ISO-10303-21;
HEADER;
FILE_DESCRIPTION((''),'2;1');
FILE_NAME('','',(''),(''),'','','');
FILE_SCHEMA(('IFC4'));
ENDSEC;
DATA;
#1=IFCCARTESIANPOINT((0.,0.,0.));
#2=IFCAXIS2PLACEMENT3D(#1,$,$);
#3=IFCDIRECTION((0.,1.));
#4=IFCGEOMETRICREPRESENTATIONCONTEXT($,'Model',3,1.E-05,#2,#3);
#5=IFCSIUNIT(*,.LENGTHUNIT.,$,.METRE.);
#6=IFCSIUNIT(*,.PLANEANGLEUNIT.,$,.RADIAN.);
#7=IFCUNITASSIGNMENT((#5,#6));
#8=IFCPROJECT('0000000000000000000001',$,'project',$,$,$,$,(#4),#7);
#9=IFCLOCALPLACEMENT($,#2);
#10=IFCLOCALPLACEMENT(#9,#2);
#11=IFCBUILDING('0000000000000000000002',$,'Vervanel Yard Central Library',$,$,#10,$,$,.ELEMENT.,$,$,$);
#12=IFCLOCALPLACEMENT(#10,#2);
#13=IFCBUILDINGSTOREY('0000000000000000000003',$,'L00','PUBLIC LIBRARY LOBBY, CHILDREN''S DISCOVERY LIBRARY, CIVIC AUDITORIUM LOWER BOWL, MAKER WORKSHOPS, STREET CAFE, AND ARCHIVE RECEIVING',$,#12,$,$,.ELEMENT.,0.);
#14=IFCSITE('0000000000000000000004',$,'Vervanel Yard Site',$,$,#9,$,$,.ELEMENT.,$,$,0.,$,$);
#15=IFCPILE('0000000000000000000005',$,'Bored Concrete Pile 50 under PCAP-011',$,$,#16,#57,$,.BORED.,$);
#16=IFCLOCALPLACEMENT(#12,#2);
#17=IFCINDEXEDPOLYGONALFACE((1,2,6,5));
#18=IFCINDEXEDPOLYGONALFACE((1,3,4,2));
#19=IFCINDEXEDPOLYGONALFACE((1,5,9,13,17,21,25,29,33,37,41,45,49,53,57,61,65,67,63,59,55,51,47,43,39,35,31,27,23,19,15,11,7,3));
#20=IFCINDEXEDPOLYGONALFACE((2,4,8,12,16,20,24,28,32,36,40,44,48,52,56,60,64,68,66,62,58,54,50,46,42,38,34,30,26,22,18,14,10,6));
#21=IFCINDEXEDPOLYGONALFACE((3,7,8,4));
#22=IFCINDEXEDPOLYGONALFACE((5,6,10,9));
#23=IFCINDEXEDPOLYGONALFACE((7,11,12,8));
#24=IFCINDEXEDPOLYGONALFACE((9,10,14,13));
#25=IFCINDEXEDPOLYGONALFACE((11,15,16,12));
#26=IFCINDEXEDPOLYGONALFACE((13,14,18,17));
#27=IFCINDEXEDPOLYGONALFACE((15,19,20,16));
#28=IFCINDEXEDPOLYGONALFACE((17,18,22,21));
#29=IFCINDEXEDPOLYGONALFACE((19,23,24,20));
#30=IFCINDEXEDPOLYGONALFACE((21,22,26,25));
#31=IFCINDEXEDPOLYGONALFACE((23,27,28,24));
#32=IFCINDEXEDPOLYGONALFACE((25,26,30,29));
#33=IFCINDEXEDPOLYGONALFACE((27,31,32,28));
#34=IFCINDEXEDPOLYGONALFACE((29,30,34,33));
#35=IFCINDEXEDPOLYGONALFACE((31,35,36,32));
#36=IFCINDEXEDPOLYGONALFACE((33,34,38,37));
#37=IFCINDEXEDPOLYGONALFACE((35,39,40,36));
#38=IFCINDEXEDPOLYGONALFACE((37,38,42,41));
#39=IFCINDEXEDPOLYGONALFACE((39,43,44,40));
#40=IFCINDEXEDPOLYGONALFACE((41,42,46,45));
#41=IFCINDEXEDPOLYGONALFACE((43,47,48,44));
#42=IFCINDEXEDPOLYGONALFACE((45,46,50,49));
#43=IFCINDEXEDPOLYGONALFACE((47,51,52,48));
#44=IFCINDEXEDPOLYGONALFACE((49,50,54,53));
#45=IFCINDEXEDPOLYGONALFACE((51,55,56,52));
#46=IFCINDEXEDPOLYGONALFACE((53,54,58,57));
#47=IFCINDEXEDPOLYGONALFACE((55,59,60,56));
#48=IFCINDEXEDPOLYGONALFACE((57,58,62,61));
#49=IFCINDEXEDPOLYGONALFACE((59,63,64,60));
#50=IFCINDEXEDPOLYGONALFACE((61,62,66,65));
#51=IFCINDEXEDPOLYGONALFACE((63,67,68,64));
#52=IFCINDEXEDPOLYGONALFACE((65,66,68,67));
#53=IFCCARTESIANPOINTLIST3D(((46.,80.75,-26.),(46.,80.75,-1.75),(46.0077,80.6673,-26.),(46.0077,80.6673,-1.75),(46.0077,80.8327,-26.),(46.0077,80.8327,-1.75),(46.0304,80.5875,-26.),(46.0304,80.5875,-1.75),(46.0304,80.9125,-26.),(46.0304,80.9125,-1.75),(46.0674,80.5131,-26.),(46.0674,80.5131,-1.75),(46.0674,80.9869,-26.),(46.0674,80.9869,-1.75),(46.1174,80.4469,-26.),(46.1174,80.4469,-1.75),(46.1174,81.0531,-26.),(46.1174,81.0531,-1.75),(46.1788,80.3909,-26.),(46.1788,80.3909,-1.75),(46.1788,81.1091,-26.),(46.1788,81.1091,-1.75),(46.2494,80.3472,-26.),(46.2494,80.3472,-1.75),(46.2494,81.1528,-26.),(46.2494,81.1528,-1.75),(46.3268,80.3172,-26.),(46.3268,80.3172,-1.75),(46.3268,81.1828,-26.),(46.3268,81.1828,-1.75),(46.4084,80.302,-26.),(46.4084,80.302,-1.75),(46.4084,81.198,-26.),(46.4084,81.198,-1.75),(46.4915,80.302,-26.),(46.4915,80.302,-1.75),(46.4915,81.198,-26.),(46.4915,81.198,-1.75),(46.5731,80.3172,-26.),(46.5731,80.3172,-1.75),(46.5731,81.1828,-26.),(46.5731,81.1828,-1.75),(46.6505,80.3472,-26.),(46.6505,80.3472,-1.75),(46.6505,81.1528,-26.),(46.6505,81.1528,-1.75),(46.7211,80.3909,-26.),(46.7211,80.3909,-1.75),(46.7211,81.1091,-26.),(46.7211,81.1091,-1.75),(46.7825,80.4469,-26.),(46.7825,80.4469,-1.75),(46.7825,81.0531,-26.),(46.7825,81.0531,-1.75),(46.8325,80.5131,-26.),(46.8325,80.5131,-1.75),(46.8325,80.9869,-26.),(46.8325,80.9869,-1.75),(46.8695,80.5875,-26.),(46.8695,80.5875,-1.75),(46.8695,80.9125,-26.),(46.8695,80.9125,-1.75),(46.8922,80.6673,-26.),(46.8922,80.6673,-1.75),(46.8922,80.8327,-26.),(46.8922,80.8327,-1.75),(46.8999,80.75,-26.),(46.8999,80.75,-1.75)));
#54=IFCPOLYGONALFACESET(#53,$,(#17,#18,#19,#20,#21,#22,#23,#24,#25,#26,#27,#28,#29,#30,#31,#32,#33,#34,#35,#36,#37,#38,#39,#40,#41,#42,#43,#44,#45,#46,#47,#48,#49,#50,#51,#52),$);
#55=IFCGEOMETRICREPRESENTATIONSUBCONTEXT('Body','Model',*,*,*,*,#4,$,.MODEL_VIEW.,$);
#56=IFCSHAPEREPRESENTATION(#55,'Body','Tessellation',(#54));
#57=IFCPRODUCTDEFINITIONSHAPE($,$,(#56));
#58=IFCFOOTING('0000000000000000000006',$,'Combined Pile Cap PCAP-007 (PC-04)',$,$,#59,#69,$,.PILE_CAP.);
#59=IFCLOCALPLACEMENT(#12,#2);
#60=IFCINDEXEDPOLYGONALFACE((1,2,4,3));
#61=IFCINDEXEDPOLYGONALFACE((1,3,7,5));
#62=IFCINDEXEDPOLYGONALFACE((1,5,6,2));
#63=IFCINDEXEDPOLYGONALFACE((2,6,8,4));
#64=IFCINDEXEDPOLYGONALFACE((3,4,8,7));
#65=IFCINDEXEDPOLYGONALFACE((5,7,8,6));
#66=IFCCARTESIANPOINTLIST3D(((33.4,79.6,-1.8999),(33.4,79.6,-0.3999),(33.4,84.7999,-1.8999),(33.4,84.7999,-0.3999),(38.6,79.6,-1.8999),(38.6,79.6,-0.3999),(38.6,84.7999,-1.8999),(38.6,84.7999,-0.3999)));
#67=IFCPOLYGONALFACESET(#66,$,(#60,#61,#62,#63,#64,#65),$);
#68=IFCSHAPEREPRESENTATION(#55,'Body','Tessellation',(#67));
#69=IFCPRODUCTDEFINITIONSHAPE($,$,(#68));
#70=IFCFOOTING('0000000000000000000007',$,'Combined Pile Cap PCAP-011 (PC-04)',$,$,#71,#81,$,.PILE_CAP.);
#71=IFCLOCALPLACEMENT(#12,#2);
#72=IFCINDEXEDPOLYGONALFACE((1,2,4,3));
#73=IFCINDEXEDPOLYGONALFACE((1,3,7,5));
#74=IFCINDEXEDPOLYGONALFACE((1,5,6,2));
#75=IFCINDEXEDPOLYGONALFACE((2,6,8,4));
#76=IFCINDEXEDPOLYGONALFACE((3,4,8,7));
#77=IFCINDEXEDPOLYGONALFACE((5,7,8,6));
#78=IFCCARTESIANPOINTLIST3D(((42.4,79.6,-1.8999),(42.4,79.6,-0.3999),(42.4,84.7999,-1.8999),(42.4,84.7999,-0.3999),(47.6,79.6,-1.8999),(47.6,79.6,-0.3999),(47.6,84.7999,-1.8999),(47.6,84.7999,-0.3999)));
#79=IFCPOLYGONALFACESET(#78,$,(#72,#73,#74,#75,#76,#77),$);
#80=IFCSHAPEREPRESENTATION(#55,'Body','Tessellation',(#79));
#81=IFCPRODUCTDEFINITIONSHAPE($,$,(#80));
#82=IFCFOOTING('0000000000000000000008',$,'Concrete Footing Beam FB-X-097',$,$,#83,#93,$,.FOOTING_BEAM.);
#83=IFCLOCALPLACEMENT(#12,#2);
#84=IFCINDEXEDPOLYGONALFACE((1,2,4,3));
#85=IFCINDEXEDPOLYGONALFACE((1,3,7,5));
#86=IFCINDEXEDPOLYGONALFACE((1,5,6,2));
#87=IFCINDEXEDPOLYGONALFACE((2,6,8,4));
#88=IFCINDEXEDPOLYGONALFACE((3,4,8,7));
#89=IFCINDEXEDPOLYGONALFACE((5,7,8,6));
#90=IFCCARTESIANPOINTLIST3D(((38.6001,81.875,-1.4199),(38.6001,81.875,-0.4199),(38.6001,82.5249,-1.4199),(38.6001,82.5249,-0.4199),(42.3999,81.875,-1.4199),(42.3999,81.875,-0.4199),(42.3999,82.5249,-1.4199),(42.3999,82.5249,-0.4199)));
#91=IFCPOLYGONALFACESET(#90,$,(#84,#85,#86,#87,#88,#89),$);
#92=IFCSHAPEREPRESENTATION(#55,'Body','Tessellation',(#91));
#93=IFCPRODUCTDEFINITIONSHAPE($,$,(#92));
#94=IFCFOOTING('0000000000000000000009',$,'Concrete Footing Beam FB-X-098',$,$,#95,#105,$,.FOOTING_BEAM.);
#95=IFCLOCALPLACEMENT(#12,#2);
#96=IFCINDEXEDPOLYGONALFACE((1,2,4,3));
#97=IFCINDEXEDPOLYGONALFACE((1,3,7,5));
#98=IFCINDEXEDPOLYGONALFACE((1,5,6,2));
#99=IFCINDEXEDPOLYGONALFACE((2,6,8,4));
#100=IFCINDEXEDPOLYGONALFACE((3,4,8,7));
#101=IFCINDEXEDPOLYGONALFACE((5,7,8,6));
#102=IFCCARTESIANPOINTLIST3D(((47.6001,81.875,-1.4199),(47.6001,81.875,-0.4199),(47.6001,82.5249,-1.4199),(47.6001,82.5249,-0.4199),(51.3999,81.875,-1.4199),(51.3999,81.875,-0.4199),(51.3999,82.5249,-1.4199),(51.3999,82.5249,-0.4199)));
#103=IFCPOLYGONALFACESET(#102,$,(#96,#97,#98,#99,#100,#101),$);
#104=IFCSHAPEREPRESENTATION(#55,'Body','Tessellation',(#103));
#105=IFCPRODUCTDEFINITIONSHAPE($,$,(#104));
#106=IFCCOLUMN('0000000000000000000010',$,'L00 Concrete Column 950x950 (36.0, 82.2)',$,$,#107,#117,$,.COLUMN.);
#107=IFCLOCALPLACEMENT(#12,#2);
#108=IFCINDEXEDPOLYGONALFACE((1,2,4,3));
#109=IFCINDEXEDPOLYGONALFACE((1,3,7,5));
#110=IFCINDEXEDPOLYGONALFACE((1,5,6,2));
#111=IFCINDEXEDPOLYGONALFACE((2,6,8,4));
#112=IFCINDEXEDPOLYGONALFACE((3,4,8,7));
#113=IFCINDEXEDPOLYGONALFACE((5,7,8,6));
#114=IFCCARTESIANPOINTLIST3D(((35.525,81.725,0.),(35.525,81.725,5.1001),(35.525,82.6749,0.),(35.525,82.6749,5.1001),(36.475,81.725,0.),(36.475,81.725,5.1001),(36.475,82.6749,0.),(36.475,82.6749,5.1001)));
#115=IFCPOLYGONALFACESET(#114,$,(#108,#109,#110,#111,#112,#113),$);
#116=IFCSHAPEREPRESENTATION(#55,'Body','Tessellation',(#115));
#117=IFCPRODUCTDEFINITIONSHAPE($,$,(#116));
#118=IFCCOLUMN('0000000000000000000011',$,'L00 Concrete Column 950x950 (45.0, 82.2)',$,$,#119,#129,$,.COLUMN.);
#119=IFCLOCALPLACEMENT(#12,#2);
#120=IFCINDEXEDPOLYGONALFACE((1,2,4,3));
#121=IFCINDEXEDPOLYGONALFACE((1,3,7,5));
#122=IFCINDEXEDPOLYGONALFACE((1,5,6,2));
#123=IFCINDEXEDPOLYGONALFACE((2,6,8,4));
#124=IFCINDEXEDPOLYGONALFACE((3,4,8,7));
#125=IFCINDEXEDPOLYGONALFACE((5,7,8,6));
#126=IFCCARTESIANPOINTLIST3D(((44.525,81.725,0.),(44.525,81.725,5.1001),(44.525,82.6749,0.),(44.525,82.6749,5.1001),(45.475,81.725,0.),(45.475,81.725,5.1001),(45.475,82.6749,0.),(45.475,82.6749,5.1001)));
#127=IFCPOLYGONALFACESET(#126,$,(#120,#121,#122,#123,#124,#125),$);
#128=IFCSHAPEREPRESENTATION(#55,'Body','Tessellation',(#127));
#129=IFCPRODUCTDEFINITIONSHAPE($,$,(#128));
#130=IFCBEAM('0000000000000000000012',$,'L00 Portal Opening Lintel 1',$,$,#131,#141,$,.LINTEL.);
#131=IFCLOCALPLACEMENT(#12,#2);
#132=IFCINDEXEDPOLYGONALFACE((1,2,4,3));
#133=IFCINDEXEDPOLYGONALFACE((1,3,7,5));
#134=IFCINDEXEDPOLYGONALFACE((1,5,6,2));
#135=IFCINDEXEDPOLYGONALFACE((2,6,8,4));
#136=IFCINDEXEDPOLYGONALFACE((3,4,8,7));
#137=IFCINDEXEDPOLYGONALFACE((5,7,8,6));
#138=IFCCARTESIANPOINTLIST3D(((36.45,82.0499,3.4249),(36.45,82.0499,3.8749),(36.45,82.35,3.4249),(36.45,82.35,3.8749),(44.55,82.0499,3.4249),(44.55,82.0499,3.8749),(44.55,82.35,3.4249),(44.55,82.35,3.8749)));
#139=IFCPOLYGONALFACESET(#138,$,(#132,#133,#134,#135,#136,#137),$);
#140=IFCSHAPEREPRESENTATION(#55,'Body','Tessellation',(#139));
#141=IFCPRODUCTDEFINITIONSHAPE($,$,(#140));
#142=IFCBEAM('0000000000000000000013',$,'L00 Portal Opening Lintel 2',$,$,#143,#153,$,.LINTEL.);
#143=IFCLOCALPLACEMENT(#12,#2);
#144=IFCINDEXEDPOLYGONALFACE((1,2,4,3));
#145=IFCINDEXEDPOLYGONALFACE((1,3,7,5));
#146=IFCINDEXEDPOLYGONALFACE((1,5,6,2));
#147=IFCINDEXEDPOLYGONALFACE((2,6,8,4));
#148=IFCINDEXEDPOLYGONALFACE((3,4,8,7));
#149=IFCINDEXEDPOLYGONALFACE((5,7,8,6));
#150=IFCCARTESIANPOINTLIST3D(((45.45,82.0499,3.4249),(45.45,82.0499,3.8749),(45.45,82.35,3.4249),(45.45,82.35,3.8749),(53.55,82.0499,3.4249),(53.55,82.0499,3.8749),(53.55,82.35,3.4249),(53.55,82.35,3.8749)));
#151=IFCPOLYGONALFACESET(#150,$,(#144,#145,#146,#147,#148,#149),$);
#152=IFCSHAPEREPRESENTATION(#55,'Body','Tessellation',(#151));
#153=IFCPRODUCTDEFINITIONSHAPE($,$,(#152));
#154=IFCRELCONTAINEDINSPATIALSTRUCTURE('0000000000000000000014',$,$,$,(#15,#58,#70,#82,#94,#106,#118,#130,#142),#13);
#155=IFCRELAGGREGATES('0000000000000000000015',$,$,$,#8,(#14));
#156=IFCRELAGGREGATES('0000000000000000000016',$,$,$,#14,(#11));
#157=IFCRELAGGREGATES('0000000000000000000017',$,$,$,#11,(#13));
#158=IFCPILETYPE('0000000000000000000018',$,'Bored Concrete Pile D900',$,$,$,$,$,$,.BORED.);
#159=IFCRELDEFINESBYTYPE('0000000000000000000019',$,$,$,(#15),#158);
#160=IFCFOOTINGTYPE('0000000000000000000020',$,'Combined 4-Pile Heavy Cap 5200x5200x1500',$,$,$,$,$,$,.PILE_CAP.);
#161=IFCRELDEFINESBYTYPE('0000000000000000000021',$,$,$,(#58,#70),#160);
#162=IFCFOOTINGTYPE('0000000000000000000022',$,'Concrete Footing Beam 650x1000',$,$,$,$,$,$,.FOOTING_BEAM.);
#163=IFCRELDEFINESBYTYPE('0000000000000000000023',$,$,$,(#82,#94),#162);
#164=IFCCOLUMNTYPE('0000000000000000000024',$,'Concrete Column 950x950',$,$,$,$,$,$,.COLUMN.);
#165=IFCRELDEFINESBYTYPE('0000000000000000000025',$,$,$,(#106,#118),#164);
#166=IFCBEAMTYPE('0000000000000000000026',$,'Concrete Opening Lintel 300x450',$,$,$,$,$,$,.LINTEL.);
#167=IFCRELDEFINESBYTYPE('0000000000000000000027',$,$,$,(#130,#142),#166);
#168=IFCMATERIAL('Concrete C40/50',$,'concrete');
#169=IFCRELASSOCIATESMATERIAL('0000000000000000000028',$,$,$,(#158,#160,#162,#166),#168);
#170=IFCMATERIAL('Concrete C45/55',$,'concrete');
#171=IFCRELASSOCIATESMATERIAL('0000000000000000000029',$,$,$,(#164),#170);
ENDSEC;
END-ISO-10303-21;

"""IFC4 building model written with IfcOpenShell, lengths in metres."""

from ifc_helpers import new_model, si_unit, direction, frame, origin, origin_2d, place, context, subcontext, project, spatial, rectangle, circle, extrude, material, material_profile, profile_set, type_object, element, save


model = new_model("IFC4")

# Units and contexts
model_context = context("Model", 3, precision=1e-05, world=origin(), true_north=direction((0.0, 1.0)))
body_context = subcontext(model_context, "Body", "Model", "MODEL_VIEW")
ifc_project = project(units=[si_unit("LENGTHUNIT", "METRE"), si_unit("PLANEANGLEUNIT", "RADIAN")], contexts=[model_context])

# Site, building, storey
site_placement = place(None, origin())
site = spatial("IfcSite", under=ifc_project, at=site_placement, Name="Vervanel Yard Site", CompositionType="ELEMENT", RefElevation=0.0)
building_placement = place(site_placement, origin())
building = spatial("IfcBuilding", under=site, at=building_placement, Name="Vervanel Yard Central Library", CompositionType="ELEMENT")
storey_placement = place(building_placement, origin())
storey = spatial("IfcBuildingStorey", under=building, at=storey_placement, Name="L00", Description="PUBLIC LIBRARY LOBBY, CHILDREN'S DISCOVERY LIBRARY, CIVIC AUDITORIUM LOWER BOWL, MAKER WORKSHOPS, STREET CAFE, AND ARCHIVE RECEIVING", CompositionType="ELEMENT", Elevation=0.0)

# Pile
ifc_material_1 = material(Name="Concrete C40/50", Category="concrete")
ifc_material_profile_1 = material_profile(ifc_material_1, circle(Radius=0.45, at=origin_2d()), Name="BP D900", Category="concrete")
ifc_profile_set_1 = profile_set([ifc_material_profile_1], Name="Concrete C40/50")
pile_type = type_object("IfcPileType", Name="Bored Concrete Pile D900", PredefinedType="BORED", material=ifc_profile_set_1)
pile_placement = place(storey_placement, frame((46.45, 80.75, -1.75), z_axis=(0.0, 0.0, -1.0), x_axis=(1.0, 0.0, 0.0)))
element("IfcPile", 1, at=pile_placement, inside=storey, type_object=pile_type, Name="Bored Concrete Pile 50 under PCAP-011", PredefinedType="BORED", context=body_context, shape_type="SweptSolid", body=[
    extrude(circle(Radius=0.45, at=origin_2d()), origin(), (0.0, 0.0, 1.0), 24.25),
])

# Footings
footing_type_1 = type_object("IfcFootingType", Name="Combined 4-Pile Heavy Cap 5200x5200x1500", PredefinedType="PILE_CAP", material=ifc_material_1)
for number, where, z_axis, x_axis, name in (
    (2, (36.0, 82.2, -1.8999), (0.0, 0.0, 1.0), (1.0, 0.0, 0.0), "Combined Pile Cap PCAP-007 (PC-04)"),
    (3, (45.0, 82.2, -1.8999), (0.0, 0.0, 1.0), (1.0, 0.0, 0.0), "Combined Pile Cap PCAP-011 (PC-04)"),
):
    element("IfcFooting", number, at=place(storey_placement, frame(where, z_axis=z_axis, x_axis=x_axis)), inside=storey, type_object=footing_type_1, Name=name, PredefinedType="PILE_CAP", context=body_context, shape_type="SweptSolid", body=[
        extrude(rectangle(XDim=5.2, YDim=5.2, at=origin_2d()), origin(), (0.0, 0.0, 1.0), 1.5),
    ])
ifc_material_profile_2 = material_profile(ifc_material_1, rectangle(XDim=0.6499, YDim=1.0, at=origin_2d()), Name="RC 650x1000", Category="concrete")
ifc_profile_set_2 = profile_set([ifc_material_profile_2], Name="Concrete C40/50")
footing_type_2 = type_object("IfcFootingType", Name="Concrete Footing Beam 650x1000", PredefinedType="FOOTING_BEAM", material=ifc_profile_set_2)
for number, where, z_axis, x_axis, name in (
    (4, (38.6001, 82.2, -0.9199), (1.0, 0.0, 0.0), (0.0, 1.0, 0.0), "Concrete Footing Beam FB-X-097"),
    (5, (47.6001, 82.2, -0.9199), (1.0, 0.0, 0.0), (0.0, 1.0, 0.0), "Concrete Footing Beam FB-X-098"),
):
    element("IfcFooting", number, at=place(storey_placement, frame(where, z_axis=z_axis, x_axis=x_axis)), inside=storey, type_object=footing_type_2, Name=name, PredefinedType="FOOTING_BEAM", context=body_context, shape_type="SweptSolid", body=[
        extrude(rectangle(XDim=0.6499, YDim=1.0, at=origin_2d()), origin(), (0.0, 0.0, 1.0), 3.7998),
    ])

# Columns
ifc_material_2 = material(Name="Concrete C45/55", Category="concrete")
ifc_material_profile_3 = material_profile(ifc_material_2, rectangle(XDim=0.95, YDim=0.95, at=origin_2d()), Name="RC 950x950", Category="concrete")
ifc_profile_set_3 = profile_set([ifc_material_profile_3], Name="Concrete C45/55")
column_type = type_object("IfcColumnType", Name="Concrete Column 950x950", PredefinedType="COLUMN", material=ifc_profile_set_3)
for number, where, z_axis, x_axis, name in (
    (6, (36.0, 82.2, 0.0), (0.0, 0.0, 1.0), (1.0, 0.0, 0.0), "L00 Concrete Column 950x950 (36.0, 82.2)"),
    (7, (45.0, 82.2, 0.0), (0.0, 0.0, 1.0), (1.0, 0.0, 0.0), "L00 Concrete Column 950x950 (45.0, 82.2)"),
):
    element("IfcColumn", number, at=place(storey_placement, frame(where, z_axis=z_axis, x_axis=x_axis)), inside=storey, type_object=column_type, Name=name, PredefinedType="COLUMN", context=body_context, shape_type="SweptSolid", body=[
        extrude(rectangle(XDim=0.95, YDim=0.95, at=origin_2d()), origin(), (0.0, 0.0, 1.0), 5.1001),
    ])

# Beams
ifc_material_profile_4 = material_profile(ifc_material_1, rectangle(XDim=0.3, YDim=0.45, at=origin_2d()), Name="RC 300x450", Category="concrete")
ifc_profile_set_4 = profile_set([ifc_material_profile_4], Name="Concrete C40/50")
beam_type = type_object("IfcBeamType", Name="Concrete Opening Lintel 300x450", PredefinedType="LINTEL", material=ifc_profile_set_4)
for number, where, z_axis, x_axis, name in (
    (8, (36.45, 82.2, 3.6499), (1.0, 0.0, 0.0), (0.0, 1.0, 0.0), "L00 Portal Opening Lintel 1"),
    (9, (45.45, 82.2, 3.6499), (1.0, 0.0, 0.0), (0.0, 1.0, 0.0), "L00 Portal Opening Lintel 2"),
):
    element("IfcBeam", number, at=place(storey_placement, frame(where, z_axis=z_axis, x_axis=x_axis)), inside=storey, type_object=beam_type, Name=name, PredefinedType="LINTEL", context=body_context, shape_type="SweptSolid", body=[
        extrude(rectangle(XDim=0.3, YDim=0.45, at=origin_2d()), origin(), (0.0, 0.0, 1.0), 8.1001),
    ])

save(model, "model.ifc")
